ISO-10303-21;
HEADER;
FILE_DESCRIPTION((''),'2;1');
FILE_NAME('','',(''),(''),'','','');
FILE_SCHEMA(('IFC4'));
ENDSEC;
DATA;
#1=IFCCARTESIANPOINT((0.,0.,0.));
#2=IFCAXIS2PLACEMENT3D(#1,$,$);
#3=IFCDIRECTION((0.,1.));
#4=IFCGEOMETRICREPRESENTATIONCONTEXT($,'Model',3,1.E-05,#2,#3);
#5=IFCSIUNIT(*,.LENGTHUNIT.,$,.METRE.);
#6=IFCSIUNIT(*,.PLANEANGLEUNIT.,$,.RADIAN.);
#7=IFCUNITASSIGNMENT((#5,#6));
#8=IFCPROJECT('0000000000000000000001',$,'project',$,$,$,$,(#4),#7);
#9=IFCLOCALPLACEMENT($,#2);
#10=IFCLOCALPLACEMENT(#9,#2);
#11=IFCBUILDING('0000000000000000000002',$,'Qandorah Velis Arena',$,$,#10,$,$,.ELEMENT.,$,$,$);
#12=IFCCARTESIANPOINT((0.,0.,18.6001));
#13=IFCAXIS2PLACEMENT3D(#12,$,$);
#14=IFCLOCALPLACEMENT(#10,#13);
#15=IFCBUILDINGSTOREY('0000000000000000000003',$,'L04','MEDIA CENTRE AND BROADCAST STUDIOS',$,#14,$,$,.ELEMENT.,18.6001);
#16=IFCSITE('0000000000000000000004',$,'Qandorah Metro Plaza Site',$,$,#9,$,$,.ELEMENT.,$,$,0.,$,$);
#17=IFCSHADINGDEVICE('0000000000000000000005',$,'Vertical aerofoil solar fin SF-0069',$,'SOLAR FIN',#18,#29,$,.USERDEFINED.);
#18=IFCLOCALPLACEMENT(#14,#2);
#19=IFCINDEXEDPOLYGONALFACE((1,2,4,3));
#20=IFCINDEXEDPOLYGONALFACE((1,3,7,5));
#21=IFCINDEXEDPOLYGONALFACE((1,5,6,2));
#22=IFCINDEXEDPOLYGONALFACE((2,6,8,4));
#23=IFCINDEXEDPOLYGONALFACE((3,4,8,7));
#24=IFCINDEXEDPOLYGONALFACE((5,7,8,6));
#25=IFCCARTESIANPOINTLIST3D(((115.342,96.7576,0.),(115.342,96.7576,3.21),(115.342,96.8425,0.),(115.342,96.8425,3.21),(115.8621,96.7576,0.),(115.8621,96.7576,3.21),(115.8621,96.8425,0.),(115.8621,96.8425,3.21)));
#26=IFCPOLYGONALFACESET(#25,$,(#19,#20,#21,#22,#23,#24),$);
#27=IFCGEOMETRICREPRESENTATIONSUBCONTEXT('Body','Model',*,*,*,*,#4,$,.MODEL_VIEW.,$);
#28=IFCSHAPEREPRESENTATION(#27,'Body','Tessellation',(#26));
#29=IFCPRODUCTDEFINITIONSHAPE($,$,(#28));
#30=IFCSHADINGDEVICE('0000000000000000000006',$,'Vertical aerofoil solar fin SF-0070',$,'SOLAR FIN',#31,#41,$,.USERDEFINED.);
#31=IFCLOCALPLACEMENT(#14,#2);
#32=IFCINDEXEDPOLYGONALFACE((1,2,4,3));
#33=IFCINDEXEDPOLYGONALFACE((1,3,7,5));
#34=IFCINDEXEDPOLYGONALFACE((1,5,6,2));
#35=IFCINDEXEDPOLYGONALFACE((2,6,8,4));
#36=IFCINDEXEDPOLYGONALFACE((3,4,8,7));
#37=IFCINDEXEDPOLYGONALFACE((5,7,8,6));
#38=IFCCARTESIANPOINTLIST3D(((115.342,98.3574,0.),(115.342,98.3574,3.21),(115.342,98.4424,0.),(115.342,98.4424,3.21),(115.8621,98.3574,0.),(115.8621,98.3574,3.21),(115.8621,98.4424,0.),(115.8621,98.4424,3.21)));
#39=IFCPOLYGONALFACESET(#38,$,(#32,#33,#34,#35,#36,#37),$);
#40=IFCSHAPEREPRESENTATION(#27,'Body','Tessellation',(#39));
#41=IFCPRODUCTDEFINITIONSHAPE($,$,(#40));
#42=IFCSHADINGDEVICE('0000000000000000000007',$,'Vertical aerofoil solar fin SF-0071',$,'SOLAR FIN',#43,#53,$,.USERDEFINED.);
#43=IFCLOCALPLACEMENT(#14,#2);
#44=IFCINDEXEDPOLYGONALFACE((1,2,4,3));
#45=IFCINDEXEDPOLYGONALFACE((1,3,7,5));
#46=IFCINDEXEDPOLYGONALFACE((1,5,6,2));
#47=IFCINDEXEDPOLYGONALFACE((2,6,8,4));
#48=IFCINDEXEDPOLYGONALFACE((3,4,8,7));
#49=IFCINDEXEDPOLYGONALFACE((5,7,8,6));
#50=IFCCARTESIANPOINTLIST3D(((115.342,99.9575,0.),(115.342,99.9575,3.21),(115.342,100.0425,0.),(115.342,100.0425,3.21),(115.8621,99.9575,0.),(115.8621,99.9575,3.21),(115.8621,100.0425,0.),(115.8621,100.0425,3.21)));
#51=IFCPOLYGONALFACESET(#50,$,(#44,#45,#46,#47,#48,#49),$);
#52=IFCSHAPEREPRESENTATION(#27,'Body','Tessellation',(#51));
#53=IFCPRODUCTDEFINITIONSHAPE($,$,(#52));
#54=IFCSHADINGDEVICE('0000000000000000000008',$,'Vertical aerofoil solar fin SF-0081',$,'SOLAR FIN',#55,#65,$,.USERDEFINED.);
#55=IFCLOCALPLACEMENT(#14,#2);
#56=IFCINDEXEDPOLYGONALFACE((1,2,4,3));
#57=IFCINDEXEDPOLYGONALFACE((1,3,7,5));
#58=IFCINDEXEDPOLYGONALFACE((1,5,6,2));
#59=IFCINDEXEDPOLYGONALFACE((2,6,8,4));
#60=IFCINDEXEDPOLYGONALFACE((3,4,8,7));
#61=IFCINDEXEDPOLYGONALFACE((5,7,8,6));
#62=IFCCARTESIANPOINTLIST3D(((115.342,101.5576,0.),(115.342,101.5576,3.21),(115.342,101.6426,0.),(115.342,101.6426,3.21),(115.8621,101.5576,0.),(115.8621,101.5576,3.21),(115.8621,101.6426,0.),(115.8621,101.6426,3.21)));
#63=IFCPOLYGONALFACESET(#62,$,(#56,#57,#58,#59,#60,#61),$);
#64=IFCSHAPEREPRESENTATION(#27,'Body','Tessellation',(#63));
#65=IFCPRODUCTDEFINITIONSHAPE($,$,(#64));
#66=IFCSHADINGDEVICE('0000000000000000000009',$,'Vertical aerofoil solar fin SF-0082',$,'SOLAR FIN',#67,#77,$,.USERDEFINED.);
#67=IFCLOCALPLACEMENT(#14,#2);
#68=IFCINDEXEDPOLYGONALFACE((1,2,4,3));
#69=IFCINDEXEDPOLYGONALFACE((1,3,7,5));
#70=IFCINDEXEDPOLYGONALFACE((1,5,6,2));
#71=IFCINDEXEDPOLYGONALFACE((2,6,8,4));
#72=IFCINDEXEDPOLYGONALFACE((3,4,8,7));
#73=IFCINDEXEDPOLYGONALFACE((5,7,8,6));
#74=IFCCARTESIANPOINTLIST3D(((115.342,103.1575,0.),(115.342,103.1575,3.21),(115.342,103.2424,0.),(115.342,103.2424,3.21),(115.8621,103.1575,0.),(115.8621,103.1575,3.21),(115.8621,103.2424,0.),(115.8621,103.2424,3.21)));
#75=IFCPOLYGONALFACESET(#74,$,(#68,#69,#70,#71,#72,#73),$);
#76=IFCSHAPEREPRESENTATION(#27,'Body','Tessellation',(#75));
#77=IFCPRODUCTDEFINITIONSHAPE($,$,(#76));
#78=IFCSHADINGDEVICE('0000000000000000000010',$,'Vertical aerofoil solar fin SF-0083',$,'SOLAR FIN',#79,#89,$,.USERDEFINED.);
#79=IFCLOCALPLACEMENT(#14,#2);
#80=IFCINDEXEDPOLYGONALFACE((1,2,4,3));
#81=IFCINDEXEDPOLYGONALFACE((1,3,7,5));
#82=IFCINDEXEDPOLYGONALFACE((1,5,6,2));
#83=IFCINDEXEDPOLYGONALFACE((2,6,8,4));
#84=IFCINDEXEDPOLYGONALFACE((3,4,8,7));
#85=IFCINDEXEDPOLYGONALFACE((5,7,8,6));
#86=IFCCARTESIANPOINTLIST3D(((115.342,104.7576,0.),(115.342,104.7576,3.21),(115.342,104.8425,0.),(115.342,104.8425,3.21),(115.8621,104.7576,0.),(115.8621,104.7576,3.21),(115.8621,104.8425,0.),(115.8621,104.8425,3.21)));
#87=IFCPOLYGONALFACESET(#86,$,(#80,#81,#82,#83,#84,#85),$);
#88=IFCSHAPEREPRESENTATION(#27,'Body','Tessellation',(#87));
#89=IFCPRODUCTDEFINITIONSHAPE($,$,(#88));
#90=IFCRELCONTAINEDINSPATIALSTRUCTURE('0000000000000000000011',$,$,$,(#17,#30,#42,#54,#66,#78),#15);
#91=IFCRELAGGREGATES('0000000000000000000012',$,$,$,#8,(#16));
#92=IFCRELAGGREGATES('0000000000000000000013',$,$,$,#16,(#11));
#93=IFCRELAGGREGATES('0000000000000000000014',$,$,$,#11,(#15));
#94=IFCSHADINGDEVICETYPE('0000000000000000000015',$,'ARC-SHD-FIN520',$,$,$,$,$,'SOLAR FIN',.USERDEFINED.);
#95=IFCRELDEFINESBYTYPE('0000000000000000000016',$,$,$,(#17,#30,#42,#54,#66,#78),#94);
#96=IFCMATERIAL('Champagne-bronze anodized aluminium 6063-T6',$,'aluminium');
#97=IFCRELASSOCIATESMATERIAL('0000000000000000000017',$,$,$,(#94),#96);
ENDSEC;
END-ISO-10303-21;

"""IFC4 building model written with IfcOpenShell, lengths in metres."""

from ifc_helpers import new_model, si_unit, direction, frame, origin, origin_2d, place, context, subcontext, project, spatial, rectangle, extrude, material, type_object, element, save


model = new_model("IFC4")

# Units and contexts
model_context = context("Model", 3, precision=1e-05, world=origin(), true_north=direction((0.0, 1.0)))
body_context = subcontext(model_context, "Body", "Model", "MODEL_VIEW")
ifc_project = project(units=[si_unit("LENGTHUNIT", "METRE"), si_unit("PLANEANGLEUNIT", "RADIAN")], contexts=[model_context])

# Site, building, storey
site_placement = place(None, origin())
site = spatial("IfcSite", under=ifc_project, at=site_placement, Name="Qandorah Metro Plaza Site", CompositionType="ELEMENT", RefElevation=0.0)
building_placement = place(site_placement, origin())
building = spatial("IfcBuilding", under=site, at=building_placement, Name="Qandorah Velis Arena", CompositionType="ELEMENT")
storey_placement = place(building_placement, frame((0.0, 0.0, 18.6001)))
storey = spatial("IfcBuildingStorey", under=building, at=storey_placement, Name="L04", Description="MEDIA CENTRE AND BROADCAST STUDIOS", CompositionType="ELEMENT", Elevation=18.6001)

# Shared definitions
ifc_material = material(Name="Champagne-bronze anodized aluminium 6063-T6", Category="aluminium")

# Shading devices
shading_device_type = type_object("IfcShadingDeviceType", Name="ARC-SHD-FIN520", ElementType="SOLAR FIN", PredefinedType="USERDEFINED", material=ifc_material)
for number, where, z_axis, x_axis, name in (
    (1, (115.6021, 96.8, 0.0), (0.0, 0.0, 1.0), (1.0, 0.0, 0.0), "Vertical aerofoil solar fin SF-0069"),
    (2, (115.6021, 98.3999, 0.0), (0.0, 0.0, 1.0), (1.0, 0.0, 0.0), "Vertical aerofoil solar fin SF-0070"),
    (3, (115.6021, 100.0, 0.0), (0.0, 0.0, 1.0), (1.0, 0.0, 0.0), "Vertical aerofoil solar fin SF-0071"),
    (4, (115.6021, 101.6001, 0.0), (0.0, 0.0, 1.0), (1.0, 0.0, 0.0), "Vertical aerofoil solar fin SF-0081"),
    (5, (115.6021, 103.2, 0.0), (0.0, 0.0, 1.0), (1.0, 0.0, 0.0), "Vertical aerofoil solar fin SF-0082"),
    (6, (115.6021, 104.8, 0.0), (0.0, 0.0, 1.0), (1.0, 0.0, 0.0), "Vertical aerofoil solar fin SF-0083"),
):
    element("IfcShadingDevice", number, at=place(storey_placement, frame(where, z_axis=z_axis, x_axis=x_axis)), inside=storey, type_object=shading_device_type, Name=name, ObjectType="SOLAR FIN", PredefinedType="USERDEFINED", context=body_context, shape_type="SweptSolid", body=[
        extrude(rectangle(XDim=0.52, YDim=0.085, at=origin_2d()), origin(), (0.0, 0.0, 1.0), 3.21),
    ])

save(model, "model.ifc")
